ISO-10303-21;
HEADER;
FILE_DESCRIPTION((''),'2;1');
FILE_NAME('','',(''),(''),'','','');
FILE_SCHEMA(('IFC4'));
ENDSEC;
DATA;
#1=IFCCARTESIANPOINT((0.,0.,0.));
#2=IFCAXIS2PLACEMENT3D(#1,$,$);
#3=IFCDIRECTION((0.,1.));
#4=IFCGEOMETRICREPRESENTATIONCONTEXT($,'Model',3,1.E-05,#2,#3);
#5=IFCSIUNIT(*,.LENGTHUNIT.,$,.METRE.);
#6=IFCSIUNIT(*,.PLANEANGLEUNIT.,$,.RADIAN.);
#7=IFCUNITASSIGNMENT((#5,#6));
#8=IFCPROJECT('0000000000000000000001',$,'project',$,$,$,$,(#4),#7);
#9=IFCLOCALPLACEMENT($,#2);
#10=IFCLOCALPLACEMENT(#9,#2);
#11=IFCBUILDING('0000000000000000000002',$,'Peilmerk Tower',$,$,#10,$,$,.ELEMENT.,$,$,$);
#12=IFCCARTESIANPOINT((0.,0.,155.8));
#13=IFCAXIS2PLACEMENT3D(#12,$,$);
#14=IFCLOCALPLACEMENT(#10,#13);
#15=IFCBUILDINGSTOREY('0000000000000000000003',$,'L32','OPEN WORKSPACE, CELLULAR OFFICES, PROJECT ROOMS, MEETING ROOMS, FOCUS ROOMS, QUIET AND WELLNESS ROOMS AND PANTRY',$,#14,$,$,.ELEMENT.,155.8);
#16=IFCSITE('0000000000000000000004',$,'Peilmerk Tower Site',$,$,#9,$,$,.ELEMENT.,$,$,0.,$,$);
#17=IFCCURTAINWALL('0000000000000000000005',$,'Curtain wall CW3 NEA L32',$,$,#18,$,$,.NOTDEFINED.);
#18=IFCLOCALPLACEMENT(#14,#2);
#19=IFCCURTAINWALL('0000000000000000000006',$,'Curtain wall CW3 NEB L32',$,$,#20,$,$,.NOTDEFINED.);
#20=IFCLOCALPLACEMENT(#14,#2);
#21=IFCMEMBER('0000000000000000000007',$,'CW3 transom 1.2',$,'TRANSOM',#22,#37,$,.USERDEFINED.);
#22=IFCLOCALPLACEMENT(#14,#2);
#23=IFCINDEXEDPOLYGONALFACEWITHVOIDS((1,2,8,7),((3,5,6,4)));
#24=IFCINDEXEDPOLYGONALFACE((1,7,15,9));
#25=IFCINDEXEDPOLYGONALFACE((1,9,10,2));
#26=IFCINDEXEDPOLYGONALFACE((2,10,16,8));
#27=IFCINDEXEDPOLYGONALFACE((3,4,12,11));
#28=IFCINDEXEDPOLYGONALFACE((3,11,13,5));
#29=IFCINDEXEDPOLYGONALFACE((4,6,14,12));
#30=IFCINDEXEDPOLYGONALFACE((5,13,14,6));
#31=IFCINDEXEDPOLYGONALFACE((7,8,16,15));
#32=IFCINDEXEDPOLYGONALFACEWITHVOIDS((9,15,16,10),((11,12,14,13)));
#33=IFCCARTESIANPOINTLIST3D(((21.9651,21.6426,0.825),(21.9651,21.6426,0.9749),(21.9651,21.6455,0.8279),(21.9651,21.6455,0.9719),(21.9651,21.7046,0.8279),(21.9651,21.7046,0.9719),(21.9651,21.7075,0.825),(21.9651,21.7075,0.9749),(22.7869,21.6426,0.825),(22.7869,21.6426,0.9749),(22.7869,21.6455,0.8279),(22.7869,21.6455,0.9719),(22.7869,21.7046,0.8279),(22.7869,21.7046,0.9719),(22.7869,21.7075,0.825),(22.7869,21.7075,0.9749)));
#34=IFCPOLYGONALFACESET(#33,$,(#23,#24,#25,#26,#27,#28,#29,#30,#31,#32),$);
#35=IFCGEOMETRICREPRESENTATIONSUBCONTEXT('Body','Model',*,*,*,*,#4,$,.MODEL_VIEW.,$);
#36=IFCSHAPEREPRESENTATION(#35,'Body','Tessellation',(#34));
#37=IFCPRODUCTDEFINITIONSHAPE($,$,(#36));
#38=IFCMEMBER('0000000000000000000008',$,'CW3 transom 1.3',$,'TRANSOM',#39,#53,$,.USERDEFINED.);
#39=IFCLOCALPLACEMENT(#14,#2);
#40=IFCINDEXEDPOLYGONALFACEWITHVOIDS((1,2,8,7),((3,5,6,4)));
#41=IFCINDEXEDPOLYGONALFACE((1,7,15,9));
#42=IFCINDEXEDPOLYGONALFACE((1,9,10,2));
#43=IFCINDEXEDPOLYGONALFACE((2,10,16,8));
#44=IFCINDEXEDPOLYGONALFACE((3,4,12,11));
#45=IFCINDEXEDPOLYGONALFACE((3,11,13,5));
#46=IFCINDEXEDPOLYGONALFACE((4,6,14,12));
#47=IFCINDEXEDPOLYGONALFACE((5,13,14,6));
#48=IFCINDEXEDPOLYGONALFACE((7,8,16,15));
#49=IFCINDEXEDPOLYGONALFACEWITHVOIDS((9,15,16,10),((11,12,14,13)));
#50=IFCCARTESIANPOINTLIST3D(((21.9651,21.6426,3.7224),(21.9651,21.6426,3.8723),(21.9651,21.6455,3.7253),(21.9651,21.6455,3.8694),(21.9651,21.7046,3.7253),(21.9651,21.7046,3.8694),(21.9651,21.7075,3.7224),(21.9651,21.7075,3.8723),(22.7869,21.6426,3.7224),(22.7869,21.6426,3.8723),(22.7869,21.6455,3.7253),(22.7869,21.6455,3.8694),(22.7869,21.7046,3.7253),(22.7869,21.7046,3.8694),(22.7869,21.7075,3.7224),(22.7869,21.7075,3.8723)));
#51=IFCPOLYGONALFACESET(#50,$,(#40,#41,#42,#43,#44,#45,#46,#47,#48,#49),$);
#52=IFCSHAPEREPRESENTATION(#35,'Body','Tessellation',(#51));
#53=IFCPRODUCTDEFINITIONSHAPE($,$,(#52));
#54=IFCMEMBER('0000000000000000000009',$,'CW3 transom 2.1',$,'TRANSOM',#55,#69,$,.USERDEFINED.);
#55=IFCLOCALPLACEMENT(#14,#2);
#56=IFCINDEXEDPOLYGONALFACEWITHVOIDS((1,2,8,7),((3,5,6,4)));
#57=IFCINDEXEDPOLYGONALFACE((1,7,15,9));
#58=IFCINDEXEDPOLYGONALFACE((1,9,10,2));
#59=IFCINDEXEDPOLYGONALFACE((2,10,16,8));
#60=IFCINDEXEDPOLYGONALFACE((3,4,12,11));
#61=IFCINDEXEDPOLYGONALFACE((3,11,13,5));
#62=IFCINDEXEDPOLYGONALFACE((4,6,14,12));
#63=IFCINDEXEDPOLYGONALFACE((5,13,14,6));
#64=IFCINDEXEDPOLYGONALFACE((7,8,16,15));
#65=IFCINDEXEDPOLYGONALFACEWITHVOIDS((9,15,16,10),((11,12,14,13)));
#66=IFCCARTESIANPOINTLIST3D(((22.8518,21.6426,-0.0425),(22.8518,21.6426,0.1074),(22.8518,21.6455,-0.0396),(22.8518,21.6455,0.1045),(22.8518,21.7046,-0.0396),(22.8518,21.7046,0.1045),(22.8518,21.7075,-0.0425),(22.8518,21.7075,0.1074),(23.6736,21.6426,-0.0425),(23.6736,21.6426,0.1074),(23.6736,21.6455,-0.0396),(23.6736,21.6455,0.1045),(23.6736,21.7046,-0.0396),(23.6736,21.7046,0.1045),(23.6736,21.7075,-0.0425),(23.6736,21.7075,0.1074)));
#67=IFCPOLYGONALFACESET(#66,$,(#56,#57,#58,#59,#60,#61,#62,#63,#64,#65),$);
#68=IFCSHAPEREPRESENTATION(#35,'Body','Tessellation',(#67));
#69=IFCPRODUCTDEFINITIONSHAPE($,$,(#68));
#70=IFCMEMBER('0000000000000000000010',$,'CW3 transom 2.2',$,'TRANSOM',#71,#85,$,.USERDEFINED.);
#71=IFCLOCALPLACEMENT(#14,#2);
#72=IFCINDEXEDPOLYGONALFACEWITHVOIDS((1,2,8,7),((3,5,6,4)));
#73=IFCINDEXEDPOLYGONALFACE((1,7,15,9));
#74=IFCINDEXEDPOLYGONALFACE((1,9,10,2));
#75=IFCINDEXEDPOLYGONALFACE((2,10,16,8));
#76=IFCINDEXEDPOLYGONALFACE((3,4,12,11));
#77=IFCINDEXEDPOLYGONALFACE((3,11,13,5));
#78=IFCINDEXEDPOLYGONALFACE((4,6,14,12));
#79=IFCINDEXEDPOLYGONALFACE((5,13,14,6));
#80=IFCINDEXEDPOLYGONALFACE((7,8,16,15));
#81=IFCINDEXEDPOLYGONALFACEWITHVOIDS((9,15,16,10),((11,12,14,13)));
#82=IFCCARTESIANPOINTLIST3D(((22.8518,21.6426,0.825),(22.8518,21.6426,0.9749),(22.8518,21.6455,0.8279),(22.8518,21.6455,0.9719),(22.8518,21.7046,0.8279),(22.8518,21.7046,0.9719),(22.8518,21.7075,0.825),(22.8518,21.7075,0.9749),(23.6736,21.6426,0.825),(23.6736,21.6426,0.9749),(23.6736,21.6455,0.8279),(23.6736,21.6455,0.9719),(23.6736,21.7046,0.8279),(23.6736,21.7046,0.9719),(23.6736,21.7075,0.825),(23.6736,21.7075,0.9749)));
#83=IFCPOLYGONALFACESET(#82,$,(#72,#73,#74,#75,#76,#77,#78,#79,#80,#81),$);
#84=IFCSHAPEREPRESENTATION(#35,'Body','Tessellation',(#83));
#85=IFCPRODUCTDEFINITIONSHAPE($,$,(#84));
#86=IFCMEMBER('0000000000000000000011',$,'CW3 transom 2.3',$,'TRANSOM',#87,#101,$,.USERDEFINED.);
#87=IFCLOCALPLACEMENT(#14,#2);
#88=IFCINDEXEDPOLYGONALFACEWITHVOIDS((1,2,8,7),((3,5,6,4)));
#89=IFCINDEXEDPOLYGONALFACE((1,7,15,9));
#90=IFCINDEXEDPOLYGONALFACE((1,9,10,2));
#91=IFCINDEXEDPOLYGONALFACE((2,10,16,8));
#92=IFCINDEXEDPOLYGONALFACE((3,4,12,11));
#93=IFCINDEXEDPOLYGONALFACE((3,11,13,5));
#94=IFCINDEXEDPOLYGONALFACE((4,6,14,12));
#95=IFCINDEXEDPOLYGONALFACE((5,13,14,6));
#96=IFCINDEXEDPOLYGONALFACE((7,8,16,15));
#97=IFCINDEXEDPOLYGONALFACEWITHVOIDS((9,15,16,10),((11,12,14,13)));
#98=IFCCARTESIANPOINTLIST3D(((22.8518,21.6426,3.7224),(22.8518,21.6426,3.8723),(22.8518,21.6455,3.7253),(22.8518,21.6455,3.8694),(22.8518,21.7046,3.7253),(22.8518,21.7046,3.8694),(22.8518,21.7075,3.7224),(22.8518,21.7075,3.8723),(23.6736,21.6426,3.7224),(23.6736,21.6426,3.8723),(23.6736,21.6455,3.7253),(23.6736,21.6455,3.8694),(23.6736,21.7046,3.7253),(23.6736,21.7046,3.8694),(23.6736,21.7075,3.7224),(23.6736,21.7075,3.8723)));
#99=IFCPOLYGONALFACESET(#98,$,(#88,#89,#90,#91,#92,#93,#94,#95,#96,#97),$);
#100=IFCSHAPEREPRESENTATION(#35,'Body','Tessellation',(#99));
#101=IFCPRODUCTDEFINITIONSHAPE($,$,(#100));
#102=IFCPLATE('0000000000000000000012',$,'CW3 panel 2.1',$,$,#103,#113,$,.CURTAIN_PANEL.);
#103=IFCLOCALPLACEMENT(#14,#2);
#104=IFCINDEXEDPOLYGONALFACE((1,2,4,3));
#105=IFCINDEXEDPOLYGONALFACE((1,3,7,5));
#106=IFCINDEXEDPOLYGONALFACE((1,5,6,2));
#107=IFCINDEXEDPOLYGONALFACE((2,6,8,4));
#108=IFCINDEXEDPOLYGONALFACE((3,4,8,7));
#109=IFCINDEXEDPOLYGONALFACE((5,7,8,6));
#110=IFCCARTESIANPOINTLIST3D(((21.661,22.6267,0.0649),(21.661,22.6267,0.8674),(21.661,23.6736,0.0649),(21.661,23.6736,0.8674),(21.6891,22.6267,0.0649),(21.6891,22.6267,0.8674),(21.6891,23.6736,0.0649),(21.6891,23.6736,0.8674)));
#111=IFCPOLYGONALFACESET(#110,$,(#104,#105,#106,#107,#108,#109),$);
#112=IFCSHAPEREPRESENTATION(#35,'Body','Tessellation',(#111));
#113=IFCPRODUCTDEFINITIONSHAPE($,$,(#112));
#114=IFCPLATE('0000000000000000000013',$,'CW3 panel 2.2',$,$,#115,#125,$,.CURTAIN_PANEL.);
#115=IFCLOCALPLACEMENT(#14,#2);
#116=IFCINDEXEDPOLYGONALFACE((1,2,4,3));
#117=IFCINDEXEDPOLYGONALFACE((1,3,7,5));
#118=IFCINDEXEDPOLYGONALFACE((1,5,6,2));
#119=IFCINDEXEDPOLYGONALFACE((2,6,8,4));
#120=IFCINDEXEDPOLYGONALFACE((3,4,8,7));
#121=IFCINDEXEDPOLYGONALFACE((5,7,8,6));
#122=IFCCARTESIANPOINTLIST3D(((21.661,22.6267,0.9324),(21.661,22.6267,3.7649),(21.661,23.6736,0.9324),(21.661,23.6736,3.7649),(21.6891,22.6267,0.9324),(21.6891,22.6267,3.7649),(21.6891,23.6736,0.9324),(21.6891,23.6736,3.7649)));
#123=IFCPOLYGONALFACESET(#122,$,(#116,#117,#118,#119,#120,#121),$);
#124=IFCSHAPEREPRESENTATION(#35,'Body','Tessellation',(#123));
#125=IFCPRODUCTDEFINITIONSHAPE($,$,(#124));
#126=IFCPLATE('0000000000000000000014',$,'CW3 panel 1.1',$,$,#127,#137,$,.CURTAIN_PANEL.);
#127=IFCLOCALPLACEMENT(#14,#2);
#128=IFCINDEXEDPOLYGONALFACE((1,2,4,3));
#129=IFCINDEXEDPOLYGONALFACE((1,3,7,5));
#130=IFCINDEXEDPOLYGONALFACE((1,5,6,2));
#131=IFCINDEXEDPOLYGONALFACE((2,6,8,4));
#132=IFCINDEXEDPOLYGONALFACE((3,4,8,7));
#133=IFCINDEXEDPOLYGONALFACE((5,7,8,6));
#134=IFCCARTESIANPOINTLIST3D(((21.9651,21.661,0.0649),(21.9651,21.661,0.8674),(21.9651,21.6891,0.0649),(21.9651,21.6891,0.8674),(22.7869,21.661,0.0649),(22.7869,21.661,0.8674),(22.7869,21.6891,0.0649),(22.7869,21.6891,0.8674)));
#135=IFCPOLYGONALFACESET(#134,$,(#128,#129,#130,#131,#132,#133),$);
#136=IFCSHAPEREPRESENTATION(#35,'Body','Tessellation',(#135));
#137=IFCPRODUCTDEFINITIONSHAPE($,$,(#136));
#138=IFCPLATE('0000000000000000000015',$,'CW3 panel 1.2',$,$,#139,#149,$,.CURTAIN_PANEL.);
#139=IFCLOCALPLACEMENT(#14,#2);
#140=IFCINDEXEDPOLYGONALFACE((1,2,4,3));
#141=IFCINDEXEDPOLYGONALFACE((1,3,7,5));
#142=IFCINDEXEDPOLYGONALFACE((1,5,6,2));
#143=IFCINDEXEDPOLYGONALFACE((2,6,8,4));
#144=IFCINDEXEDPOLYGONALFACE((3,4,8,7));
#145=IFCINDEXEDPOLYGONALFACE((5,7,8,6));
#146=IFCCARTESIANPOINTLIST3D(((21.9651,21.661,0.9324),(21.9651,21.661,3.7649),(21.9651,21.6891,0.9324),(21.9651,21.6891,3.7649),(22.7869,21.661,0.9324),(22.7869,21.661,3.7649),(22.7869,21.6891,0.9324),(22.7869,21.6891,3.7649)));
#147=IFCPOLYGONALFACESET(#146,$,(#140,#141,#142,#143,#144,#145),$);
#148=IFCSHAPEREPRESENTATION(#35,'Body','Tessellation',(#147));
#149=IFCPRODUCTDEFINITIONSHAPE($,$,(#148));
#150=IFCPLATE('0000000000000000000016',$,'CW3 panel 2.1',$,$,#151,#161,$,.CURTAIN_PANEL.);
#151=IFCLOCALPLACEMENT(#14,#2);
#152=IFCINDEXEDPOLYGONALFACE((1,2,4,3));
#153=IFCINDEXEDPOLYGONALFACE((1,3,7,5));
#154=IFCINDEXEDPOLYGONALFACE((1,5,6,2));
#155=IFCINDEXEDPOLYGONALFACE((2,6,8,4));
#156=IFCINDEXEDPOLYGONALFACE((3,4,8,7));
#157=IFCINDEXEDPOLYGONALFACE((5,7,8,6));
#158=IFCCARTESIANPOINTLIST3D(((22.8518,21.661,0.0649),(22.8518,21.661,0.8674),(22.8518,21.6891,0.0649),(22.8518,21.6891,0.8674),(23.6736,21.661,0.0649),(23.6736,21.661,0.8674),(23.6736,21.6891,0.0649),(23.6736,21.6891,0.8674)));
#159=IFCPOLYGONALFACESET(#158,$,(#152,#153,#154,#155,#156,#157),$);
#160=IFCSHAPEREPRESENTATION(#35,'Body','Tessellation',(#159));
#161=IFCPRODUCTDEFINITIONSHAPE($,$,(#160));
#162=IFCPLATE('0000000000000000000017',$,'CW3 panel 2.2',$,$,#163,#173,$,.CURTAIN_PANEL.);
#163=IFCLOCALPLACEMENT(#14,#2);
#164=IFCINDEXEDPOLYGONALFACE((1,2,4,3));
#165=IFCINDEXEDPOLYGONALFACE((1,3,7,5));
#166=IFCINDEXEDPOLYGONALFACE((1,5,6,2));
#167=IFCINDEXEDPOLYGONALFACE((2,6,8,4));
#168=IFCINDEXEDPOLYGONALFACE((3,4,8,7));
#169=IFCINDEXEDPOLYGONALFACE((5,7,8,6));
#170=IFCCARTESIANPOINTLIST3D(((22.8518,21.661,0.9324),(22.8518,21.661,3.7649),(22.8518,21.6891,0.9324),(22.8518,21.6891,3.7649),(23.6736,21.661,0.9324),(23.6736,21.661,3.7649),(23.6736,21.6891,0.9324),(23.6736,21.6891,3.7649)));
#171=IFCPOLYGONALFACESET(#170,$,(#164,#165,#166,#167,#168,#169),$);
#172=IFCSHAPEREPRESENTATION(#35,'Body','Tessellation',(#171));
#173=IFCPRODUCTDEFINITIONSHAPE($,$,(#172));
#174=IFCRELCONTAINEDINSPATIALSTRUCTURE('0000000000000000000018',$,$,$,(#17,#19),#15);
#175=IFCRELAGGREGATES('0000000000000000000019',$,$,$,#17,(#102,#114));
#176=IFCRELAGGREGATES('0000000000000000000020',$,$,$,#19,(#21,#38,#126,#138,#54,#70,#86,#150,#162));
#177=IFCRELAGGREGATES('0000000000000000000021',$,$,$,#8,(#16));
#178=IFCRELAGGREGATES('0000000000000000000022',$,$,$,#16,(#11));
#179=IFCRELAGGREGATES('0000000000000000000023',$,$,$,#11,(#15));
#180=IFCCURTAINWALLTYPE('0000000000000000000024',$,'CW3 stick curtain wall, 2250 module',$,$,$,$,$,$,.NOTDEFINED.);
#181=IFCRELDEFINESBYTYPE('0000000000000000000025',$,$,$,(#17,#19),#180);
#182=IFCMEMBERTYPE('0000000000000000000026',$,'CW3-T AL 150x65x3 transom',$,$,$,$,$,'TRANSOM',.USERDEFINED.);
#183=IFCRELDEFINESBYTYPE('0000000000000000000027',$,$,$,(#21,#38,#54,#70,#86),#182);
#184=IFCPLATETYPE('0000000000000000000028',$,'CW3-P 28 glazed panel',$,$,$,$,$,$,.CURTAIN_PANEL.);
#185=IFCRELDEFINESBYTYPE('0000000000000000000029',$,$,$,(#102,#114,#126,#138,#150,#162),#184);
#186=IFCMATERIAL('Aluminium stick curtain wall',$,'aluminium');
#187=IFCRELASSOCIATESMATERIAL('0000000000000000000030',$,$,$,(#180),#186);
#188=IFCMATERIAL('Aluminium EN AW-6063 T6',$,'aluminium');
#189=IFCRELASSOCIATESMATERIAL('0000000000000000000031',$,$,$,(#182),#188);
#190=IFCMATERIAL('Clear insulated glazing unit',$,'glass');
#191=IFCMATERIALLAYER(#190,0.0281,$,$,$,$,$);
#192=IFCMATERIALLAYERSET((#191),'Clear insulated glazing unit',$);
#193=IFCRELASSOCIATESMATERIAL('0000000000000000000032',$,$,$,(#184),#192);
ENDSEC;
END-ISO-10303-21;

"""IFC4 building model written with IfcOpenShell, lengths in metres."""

from ifc_helpers import new_model, si_unit, direction, frame, origin, origin_2d, place, context, subcontext, project, spatial, rectangle, hollow_rectangle, extrude, material, layer, layer_set, material_profile, profile_set, type_object, element, aggregate, save


model = new_model("IFC4")

# Units and contexts
model_context = context("Model", 3, precision=1e-05, world=origin(), true_north=direction((0.0, 1.0)))
body_context = subcontext(model_context, "Body", "Model", "MODEL_VIEW")
ifc_project = project(units=[si_unit("LENGTHUNIT", "METRE"), si_unit("PLANEANGLEUNIT", "RADIAN")], contexts=[model_context])

# Site, building, storey
site_placement = place(None, origin())
site = spatial("IfcSite", under=ifc_project, at=site_placement, Name="Peilmerk Tower Site", CompositionType="ELEMENT", RefElevation=0.0)
building_placement = place(site_placement, origin())
building = spatial("IfcBuilding", under=site, at=building_placement, Name="Peilmerk Tower", CompositionType="ELEMENT")
storey_placement = place(building_placement, frame((0.0, 0.0, 155.8)))
storey = spatial("IfcBuildingStorey", under=building, at=storey_placement, Name="L32", Description="OPEN WORKSPACE, CELLULAR OFFICES, PROJECT ROOMS, MEETING ROOMS, FOCUS ROOMS, QUIET AND WELLNESS ROOMS AND PANTRY", CompositionType="ELEMENT", Elevation=155.8)

# Curtain wall
ifc_material_1 = material(Name="Aluminium stick curtain wall", Category="aluminium")
curtain_wall_type = type_object("IfcCurtainWallType", Name="CW3 stick curtain wall, 2250 module", PredefinedType="NOTDEFINED", material=ifc_material_1)
curtain_wall_1_placement = place(storey_placement, origin())
curtain_wall_1 = element("IfcCurtainWall", 1, at=curtain_wall_1_placement, inside=storey, type_object=curtain_wall_type, Name="Curtain wall CW3 NEA L32", PredefinedType="NOTDEFINED")
ifc_material_2 = material(Name="Aluminium EN AW-6063 T6", Category="aluminium")

# Curtain wall
curtain_wall_2_placement = place(storey_placement, origin())
curtain_wall_2 = element("IfcCurtainWall", 2, at=curtain_wall_2_placement, inside=storey, type_object=curtain_wall_type, Name="Curtain wall CW3 NEB L32", PredefinedType="NOTDEFINED")

# Members
ifc_material_profile_1 = material_profile(ifc_material_2, hollow_rectangle(XDim=0.0649, YDim=0.1499, WallThickness=0.0029, at=origin_2d()), Name="AL 150x65x3")
ifc_profile_set_1 = profile_set([ifc_material_profile_1], Name="Aluminium EN AW-6063 T6")
member_type_1 = type_object("IfcMemberType", Name="CW3-T AL 150x65x3 transom", ElementType="TRANSOM", PredefinedType="USERDEFINED", material=ifc_profile_set_1)
member_1_placement = place(storey_placement, frame((21.9651, 21.675, 0.8999), z_axis=(1.0, 0.0, 0.0), x_axis=(0.0, 1.0, 0.0)))
member_1 = element("IfcMember", 3, at=member_1_placement, type_object=member_type_1, Name="CW3 transom 1.2", ObjectType="TRANSOM", PredefinedType="USERDEFINED", context=body_context, shape_type="SweptSolid", body=[
    extrude(hollow_rectangle(XDim=0.0649, YDim=0.1499, WallThickness=0.0029, at=origin_2d()), origin(), (0.0, 0.0, 1.0), 0.8218),
])
member_2_placement = place(storey_placement, frame((21.9651, 21.675, 3.7974), z_axis=(1.0, 0.0, 0.0), x_axis=(0.0, 1.0, 0.0)))
member_2 = element("IfcMember", 4, at=member_2_placement, type_object=member_type_1, Name="CW3 transom 1.3", ObjectType="TRANSOM", PredefinedType="USERDEFINED", context=body_context, shape_type="SweptSolid", body=[
    extrude(hollow_rectangle(XDim=0.0649, YDim=0.1499, WallThickness=0.0029, at=origin_2d()), origin(), (0.0, 0.0, 1.0), 0.8218),
])
member_3_placement = place(storey_placement, frame((22.8518, 21.675, 0.0325), z_axis=(1.0, 0.0, 0.0), x_axis=(0.0, 1.0, 0.0)))
member_3 = element("IfcMember", 5, at=member_3_placement, type_object=member_type_1, Name="CW3 transom 2.1", ObjectType="TRANSOM", PredefinedType="USERDEFINED", context=body_context, shape_type="SweptSolid", body=[
    extrude(hollow_rectangle(XDim=0.0649, YDim=0.1499, WallThickness=0.0029, at=origin_2d()), origin(), (0.0, 0.0, 1.0), 0.8218),
])
member_4_placement = place(storey_placement, frame((22.8518, 21.675, 0.8999), z_axis=(1.0, 0.0, 0.0), x_axis=(0.0, 1.0, 0.0)))
member_4 = element("IfcMember", 6, at=member_4_placement, type_object=member_type_1, Name="CW3 transom 2.2", ObjectType="TRANSOM", PredefinedType="USERDEFINED", context=body_context, shape_type="SweptSolid", body=[
    extrude(hollow_rectangle(XDim=0.0649, YDim=0.1499, WallThickness=0.0029, at=origin_2d()), origin(), (0.0, 0.0, 1.0), 0.8218),
])
member_5_placement = place(storey_placement, frame((22.8518, 21.675, 3.7974), z_axis=(1.0, 0.0, 0.0), x_axis=(0.0, 1.0, 0.0)))
member_5 = element("IfcMember", 7, at=member_5_placement, type_object=member_type_1, Name="CW3 transom 2.3", ObjectType="TRANSOM", PredefinedType="USERDEFINED", context=body_context, shape_type="SweptSolid", body=[
    extrude(hollow_rectangle(XDim=0.0649, YDim=0.1499, WallThickness=0.0029, at=origin_2d()), origin(), (0.0, 0.0, 1.0), 0.8218),
])

# Plates
ifc_material_3 = material(Name="Clear insulated glazing unit", Category="glass")
ifc_layer_1 = layer(ifc_material_3, 0.0281)
ifc_layer_set_1 = layer_set([ifc_layer_1], Name="Clear insulated glazing unit")
plate_type = type_object("IfcPlateType", Name="CW3-P 28 glazed panel", PredefinedType="CURTAIN_PANEL", material=ifc_layer_set_1)
plate_1_placement = place(storey_placement, frame((21.675, 23.1501, 0.0649), z_axis=(0.0, 0.0, 1.0), x_axis=(0.0, 1.0, 0.0)))
plate_1 = element("IfcPlate", 8, at=plate_1_placement, type_object=plate_type, Name="CW3 panel 2.1", PredefinedType="CURTAIN_PANEL", context=body_context, shape_type="SweptSolid", body=[
    extrude(rectangle(XDim=1.0469, YDim=0.0281, at=origin_2d()), origin(), (0.0, 0.0, 1.0), 0.8025),
])
plate_2_placement = place(storey_placement, frame((21.675, 23.1501, 0.9324), z_axis=(0.0, 0.0, 1.0), x_axis=(0.0, 1.0, 0.0)))
plate_2 = element("IfcPlate", 9, at=plate_2_placement, type_object=plate_type, Name="CW3 panel 2.2", PredefinedType="CURTAIN_PANEL", context=body_context, shape_type="SweptSolid", body=[
    extrude(rectangle(XDim=1.0469, YDim=0.0281, at=origin_2d()), origin(), (0.0, 0.0, 1.0), 2.8325),
])
aggregate(curtain_wall_1, [plate_1, plate_2])
plate_3_placement = place(storey_placement, frame((22.376, 21.675, 0.0649), z_axis=(0.0, 0.0, 1.0), x_axis=(1.0, 0.0, 0.0)))
plate_3 = element("IfcPlate", 10, at=plate_3_placement, type_object=plate_type, Name="CW3 panel 1.1", PredefinedType="CURTAIN_PANEL", context=body_context, shape_type="SweptSolid", body=[
    extrude(rectangle(XDim=0.8218, YDim=0.0281, at=origin_2d()), origin(), (0.0, 0.0, 1.0), 0.8025),
])
plate_4_placement = place(storey_placement, frame((22.376, 21.675, 0.9324), z_axis=(0.0, 0.0, 1.0), x_axis=(1.0, 0.0, 0.0)))
plate_4 = element("IfcPlate", 11, at=plate_4_placement, type_object=plate_type, Name="CW3 panel 1.2", PredefinedType="CURTAIN_PANEL", context=body_context, shape_type="SweptSolid", body=[
    extrude(rectangle(XDim=0.8218, YDim=0.0281, at=origin_2d()), origin(), (0.0, 0.0, 1.0), 2.8325),
])
plate_5_placement = place(storey_placement, frame((23.2627, 21.675, 0.0649), z_axis=(0.0, 0.0, 1.0), x_axis=(1.0, 0.0, 0.0)))
plate_5 = element("IfcPlate", 12, at=plate_5_placement, type_object=plate_type, Name="CW3 panel 2.1", PredefinedType="CURTAIN_PANEL", context=body_context, shape_type="SweptSolid", body=[
    extrude(rectangle(XDim=0.8218, YDim=0.0281, at=origin_2d()), origin(), (0.0, 0.0, 1.0), 0.8025),
])
plate_6_placement = place(storey_placement, frame((23.2627, 21.675, 0.9324), z_axis=(0.0, 0.0, 1.0), x_axis=(1.0, 0.0, 0.0)))
plate_6 = element("IfcPlate", 13, at=plate_6_placement, type_object=plate_type, Name="CW3 panel 2.2", PredefinedType="CURTAIN_PANEL", context=body_context, shape_type="SweptSolid", body=[
    extrude(rectangle(XDim=0.8218, YDim=0.0281, at=origin_2d()), origin(), (0.0, 0.0, 1.0), 2.8325),
])
aggregate(curtain_wall_2, [member_1, member_2, plate_3, plate_4, member_3, member_4, member_5, plate_5, plate_6])

save(model, "model.ifc")
